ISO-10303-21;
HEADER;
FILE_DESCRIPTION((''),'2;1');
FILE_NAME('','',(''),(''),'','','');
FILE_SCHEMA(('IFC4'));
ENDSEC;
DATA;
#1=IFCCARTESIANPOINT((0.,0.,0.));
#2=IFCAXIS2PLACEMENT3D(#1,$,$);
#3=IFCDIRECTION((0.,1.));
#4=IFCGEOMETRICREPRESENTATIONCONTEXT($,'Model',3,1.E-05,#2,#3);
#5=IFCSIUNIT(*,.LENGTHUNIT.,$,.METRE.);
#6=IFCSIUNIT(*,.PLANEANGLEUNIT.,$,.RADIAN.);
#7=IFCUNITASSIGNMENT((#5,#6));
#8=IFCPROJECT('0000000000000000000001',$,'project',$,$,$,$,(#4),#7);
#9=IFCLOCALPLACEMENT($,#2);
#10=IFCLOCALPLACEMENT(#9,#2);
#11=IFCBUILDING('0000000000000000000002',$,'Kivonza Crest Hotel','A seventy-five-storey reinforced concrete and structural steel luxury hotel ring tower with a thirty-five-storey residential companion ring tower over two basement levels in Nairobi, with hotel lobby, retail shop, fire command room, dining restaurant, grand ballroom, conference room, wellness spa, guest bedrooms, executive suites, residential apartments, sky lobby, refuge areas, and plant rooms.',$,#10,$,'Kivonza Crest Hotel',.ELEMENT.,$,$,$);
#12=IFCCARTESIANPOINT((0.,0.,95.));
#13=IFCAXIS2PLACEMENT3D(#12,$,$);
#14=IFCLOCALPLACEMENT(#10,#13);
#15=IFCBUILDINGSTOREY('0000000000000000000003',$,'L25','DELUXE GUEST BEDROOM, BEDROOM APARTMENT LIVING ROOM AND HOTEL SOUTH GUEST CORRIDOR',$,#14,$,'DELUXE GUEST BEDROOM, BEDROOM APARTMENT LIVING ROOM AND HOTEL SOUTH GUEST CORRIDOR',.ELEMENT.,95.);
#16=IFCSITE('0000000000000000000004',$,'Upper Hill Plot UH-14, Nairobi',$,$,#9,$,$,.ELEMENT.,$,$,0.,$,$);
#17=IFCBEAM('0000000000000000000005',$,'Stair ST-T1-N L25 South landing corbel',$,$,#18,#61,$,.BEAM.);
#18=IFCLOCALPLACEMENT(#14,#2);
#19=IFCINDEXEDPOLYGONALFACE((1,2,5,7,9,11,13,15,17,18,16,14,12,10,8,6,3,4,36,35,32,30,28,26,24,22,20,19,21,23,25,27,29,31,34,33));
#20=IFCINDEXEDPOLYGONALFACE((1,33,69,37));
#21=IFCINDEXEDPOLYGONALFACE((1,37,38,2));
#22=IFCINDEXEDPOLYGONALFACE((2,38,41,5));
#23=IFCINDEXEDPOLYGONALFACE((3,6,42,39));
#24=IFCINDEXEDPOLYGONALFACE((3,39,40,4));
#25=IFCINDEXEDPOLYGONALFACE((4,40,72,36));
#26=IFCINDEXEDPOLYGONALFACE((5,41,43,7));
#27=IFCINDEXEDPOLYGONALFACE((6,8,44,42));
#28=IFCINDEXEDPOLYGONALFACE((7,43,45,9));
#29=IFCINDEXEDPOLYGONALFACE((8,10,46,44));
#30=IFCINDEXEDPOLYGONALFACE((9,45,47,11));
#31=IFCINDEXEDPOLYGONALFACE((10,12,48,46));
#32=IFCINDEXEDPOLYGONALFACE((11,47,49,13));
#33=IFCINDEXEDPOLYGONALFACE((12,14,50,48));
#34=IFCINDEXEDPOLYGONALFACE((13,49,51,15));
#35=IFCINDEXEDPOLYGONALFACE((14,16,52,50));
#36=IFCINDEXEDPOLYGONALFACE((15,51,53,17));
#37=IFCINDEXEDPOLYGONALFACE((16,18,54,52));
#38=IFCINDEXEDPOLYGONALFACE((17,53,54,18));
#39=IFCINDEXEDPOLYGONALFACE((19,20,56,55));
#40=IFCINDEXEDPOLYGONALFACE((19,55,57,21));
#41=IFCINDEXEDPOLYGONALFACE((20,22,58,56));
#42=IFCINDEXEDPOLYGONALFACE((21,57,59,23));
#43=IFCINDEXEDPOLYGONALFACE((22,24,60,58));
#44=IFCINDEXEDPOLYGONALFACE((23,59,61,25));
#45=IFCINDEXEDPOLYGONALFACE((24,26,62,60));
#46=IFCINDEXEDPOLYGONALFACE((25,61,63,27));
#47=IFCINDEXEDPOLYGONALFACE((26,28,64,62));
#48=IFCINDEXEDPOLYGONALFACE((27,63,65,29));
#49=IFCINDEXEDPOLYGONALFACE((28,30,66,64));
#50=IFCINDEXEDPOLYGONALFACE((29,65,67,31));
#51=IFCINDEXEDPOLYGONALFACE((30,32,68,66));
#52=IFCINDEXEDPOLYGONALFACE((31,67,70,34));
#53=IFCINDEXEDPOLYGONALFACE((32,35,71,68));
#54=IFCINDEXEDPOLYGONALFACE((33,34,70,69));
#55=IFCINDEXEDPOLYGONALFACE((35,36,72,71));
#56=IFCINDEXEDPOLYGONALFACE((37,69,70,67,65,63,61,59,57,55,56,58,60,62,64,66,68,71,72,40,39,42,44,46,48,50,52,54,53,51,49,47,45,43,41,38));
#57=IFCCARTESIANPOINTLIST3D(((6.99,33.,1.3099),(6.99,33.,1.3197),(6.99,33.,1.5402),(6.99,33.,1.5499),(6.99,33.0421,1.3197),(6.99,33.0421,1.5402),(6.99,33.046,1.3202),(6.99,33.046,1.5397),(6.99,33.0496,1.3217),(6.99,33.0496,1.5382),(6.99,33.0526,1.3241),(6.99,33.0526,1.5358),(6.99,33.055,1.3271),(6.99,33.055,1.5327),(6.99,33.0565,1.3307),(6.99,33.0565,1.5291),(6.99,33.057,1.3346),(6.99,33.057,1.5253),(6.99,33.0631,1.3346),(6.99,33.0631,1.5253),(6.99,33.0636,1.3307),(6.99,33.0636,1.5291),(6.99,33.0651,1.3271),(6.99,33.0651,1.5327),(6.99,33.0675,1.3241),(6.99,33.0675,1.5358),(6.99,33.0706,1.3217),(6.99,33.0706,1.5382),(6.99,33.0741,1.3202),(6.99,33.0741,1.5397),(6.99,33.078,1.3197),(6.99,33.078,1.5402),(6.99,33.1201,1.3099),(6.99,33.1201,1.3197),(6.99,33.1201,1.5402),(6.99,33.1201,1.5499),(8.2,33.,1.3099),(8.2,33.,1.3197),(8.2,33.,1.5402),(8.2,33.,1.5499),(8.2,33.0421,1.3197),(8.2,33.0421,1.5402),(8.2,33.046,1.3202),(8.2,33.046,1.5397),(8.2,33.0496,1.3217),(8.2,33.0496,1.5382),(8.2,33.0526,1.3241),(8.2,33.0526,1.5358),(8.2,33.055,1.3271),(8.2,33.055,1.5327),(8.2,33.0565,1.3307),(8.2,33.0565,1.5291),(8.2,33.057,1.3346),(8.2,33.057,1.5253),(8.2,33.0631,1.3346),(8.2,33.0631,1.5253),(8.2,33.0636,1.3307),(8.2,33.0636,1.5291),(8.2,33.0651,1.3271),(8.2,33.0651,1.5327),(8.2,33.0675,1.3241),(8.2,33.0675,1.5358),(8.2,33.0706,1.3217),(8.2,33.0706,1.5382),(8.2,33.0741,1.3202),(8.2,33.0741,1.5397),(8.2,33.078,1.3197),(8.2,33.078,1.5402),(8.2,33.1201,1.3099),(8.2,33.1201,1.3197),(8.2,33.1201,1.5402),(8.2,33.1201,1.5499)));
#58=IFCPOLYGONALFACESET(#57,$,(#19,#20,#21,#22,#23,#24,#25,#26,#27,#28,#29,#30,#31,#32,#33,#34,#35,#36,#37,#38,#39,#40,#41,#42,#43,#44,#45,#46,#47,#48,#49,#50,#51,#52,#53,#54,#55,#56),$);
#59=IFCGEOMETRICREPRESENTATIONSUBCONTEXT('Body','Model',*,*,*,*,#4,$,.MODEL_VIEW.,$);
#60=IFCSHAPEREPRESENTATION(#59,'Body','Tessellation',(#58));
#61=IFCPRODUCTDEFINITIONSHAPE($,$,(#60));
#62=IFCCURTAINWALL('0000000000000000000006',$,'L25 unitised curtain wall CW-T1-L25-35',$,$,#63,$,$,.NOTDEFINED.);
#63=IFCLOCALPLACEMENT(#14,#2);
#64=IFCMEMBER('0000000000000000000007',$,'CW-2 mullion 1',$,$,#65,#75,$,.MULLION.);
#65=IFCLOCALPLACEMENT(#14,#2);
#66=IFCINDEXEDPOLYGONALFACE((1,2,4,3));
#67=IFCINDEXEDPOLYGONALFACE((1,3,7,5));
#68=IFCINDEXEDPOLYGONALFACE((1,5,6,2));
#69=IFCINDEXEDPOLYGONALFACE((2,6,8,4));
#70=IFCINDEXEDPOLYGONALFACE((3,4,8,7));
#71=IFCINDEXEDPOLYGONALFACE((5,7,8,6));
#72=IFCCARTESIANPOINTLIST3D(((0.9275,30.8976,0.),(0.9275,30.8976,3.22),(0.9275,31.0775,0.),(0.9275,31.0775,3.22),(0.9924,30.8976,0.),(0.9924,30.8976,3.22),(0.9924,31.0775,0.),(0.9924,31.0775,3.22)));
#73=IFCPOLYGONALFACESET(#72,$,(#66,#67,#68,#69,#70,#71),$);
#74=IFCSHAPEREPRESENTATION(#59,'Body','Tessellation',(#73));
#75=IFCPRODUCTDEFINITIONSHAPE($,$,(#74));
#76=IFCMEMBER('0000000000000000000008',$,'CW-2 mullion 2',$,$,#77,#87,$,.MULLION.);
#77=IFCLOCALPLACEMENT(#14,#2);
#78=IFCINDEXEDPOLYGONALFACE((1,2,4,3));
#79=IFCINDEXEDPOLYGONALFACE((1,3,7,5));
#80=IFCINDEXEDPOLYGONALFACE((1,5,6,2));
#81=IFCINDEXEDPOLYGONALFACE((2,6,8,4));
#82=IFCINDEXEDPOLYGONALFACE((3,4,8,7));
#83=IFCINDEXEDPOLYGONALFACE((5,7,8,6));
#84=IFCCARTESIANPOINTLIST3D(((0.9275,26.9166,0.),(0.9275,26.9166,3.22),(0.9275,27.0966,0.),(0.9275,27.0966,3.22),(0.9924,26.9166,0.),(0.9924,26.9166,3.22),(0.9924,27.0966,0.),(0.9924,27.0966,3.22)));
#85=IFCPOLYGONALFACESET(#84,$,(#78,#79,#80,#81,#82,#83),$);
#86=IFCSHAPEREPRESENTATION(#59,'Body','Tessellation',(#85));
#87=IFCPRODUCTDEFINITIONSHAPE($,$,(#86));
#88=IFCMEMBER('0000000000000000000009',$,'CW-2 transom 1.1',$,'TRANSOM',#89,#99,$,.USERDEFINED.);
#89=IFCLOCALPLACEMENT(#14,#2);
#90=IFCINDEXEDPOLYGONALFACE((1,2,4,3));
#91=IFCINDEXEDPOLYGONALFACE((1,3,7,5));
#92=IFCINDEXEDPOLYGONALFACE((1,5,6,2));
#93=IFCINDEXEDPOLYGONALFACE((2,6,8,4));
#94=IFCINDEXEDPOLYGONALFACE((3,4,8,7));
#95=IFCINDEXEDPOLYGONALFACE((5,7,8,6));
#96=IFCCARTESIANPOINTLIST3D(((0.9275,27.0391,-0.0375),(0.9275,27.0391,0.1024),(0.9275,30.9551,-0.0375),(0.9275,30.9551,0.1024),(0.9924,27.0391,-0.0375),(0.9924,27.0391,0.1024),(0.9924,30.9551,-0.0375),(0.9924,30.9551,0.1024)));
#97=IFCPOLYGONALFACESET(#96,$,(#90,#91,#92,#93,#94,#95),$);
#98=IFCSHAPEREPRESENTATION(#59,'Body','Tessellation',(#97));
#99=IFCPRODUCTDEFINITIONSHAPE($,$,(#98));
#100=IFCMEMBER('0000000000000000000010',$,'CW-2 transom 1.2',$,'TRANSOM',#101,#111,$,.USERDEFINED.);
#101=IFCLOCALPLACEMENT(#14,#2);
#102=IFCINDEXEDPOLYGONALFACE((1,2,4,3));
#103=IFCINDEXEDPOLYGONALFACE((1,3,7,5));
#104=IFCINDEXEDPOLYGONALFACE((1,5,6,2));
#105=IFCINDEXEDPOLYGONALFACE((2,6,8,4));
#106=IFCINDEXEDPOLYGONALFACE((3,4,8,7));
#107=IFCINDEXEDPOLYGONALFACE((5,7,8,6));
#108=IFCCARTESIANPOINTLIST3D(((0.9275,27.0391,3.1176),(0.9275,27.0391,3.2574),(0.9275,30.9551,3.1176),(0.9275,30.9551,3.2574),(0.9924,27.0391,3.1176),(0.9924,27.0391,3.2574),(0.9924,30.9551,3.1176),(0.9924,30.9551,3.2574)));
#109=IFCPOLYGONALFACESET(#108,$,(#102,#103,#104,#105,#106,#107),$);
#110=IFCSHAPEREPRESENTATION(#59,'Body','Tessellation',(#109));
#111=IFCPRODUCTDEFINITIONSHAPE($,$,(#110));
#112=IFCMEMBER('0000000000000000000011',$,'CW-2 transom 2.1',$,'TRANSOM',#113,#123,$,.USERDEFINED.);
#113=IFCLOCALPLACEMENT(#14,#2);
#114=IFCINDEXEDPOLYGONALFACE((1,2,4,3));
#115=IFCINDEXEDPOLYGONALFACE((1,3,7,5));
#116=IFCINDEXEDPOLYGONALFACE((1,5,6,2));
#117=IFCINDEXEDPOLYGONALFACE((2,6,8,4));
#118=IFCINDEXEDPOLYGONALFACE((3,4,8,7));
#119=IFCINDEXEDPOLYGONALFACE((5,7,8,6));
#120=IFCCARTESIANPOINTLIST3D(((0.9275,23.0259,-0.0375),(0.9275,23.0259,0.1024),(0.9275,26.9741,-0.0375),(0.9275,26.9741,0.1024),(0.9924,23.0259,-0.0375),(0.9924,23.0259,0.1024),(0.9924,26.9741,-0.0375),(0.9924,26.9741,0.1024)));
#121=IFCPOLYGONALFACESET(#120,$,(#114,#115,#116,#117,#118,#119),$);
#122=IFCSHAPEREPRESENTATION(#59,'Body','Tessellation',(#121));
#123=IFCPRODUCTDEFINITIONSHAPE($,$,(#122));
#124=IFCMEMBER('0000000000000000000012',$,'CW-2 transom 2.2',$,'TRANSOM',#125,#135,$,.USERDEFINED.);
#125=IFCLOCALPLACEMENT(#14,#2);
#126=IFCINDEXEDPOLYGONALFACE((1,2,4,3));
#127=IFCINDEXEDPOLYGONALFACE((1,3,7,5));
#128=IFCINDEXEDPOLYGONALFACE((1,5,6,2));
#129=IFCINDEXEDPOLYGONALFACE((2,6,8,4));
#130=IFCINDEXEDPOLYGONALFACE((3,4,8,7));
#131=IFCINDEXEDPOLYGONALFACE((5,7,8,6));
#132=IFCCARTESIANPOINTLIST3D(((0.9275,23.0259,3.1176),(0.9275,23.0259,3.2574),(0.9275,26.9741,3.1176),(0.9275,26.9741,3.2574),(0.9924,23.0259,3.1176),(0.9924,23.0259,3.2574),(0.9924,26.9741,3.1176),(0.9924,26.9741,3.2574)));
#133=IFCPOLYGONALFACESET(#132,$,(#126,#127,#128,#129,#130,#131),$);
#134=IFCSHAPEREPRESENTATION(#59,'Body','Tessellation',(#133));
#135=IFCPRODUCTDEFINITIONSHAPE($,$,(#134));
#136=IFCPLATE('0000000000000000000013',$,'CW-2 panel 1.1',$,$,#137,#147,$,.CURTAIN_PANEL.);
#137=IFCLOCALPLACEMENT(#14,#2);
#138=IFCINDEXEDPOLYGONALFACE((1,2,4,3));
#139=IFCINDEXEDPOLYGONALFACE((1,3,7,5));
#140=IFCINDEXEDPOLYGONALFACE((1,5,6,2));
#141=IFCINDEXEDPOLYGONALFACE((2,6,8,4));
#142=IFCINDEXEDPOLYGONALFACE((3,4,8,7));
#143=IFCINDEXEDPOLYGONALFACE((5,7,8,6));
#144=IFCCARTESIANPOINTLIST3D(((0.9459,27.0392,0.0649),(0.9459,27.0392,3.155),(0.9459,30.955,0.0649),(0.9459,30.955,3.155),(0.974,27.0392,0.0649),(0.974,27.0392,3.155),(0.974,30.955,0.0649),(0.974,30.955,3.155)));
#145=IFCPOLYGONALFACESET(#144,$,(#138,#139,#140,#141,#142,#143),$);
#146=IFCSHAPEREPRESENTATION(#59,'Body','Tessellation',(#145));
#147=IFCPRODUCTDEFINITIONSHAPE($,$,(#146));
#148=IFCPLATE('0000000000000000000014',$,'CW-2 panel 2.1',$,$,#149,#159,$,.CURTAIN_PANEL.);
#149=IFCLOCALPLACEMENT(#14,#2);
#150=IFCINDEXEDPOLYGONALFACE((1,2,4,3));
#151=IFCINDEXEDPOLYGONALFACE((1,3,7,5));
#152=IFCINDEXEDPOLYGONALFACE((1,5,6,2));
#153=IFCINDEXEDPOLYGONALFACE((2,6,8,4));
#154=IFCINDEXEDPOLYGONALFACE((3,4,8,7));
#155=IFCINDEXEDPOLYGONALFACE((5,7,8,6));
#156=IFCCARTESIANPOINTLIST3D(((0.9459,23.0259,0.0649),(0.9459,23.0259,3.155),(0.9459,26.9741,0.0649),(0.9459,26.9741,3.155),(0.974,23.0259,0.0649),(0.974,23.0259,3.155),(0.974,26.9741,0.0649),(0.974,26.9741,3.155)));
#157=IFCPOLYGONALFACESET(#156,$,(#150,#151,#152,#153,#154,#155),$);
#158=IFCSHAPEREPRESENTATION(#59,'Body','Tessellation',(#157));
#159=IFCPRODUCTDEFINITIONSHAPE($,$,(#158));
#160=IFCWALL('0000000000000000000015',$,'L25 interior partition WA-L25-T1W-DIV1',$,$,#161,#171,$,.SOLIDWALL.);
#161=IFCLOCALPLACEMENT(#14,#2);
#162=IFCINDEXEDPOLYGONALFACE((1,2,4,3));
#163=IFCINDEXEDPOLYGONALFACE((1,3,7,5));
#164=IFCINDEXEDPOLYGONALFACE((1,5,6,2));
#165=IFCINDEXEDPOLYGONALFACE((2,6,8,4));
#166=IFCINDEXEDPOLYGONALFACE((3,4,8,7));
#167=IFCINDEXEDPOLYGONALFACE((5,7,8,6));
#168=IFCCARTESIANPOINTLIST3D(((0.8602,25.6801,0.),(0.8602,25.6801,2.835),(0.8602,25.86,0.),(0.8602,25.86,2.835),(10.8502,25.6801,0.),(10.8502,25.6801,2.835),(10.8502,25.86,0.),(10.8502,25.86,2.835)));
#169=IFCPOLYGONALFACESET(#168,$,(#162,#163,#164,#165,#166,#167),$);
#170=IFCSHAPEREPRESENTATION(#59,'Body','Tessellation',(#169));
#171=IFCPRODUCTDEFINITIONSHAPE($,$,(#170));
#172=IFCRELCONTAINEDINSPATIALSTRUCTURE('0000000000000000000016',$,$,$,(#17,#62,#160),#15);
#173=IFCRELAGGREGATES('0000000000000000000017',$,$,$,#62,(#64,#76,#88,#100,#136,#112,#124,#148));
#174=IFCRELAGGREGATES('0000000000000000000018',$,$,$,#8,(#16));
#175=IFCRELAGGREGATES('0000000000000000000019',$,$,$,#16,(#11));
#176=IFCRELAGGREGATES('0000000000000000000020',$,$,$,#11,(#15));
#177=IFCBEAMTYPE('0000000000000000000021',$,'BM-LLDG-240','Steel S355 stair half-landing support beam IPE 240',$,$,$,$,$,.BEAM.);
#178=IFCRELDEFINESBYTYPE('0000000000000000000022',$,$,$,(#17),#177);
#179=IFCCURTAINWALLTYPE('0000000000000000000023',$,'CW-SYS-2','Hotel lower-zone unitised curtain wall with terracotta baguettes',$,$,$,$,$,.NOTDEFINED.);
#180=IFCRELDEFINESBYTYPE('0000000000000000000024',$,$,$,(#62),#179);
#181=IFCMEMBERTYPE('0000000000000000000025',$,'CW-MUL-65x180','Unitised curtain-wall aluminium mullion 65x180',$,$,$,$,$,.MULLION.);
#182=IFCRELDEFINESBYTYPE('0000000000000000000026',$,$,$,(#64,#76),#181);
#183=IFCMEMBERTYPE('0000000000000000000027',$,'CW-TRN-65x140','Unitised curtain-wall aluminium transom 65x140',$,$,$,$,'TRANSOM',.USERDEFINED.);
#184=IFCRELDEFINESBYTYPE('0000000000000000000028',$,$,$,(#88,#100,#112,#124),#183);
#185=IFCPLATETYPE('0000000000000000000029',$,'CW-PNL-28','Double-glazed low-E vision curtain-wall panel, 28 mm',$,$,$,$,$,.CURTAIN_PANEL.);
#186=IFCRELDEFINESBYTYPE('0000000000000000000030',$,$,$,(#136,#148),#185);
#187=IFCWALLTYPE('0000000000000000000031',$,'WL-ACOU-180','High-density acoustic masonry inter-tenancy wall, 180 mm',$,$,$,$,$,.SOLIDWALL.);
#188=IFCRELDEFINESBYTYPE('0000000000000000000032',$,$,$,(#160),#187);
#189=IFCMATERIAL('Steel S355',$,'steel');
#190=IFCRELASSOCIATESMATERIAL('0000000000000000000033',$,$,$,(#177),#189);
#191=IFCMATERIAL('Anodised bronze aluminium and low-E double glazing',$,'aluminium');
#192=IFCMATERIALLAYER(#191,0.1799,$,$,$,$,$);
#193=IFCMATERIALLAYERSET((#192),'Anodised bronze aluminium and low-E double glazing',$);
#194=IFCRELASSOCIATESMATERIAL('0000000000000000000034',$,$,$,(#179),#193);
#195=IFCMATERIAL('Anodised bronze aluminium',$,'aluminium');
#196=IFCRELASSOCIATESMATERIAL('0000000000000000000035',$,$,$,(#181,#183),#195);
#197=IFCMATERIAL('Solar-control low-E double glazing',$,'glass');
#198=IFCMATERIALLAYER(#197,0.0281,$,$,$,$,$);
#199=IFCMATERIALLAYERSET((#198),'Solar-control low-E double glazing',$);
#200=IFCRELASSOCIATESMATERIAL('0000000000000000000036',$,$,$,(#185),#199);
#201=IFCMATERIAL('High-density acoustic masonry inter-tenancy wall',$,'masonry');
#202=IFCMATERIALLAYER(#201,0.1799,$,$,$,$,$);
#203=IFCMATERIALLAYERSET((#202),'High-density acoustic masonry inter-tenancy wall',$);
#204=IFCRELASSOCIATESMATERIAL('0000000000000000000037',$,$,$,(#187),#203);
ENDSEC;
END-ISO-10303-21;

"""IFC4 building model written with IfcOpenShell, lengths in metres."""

from ifc_helpers import new_model, si_unit, direction, frame, frame_2d, origin, origin_2d, place, context, subcontext, project, spatial, rectangle, i_section, extrude, material, layer, layer_set, material_profile, profile_set, type_object, element, aggregate, save


model = new_model("IFC4")

# Units and contexts
model_context = context("Model", 3, precision=1e-05, world=origin(), true_north=direction((0.0, 1.0)))
body_context = subcontext(model_context, "Body", "Model", "MODEL_VIEW")
ifc_project = project(units=[si_unit("LENGTHUNIT", "METRE"), si_unit("PLANEANGLEUNIT", "RADIAN")], contexts=[model_context])

# Site, building, storey
site_placement = place(None, origin())
site = spatial("IfcSite", under=ifc_project, at=site_placement, Name="Upper Hill Plot UH-14, Nairobi", CompositionType="ELEMENT", RefElevation=0.0)
building_placement = place(site_placement, origin())
building = spatial("IfcBuilding", under=site, at=building_placement, Name="Kivonza Crest Hotel", Description="A seventy-five-storey reinforced concrete and structural steel luxury hotel ring tower with a thirty-five-storey residential companion ring tower over two basement levels in Nairobi, with hotel lobby, retail shop, fire command room, dining restaurant, grand ballroom, conference room, wellness spa, guest bedrooms, executive suites, residential apartments, sky lobby, refuge areas, and plant rooms.", LongName="Kivonza Crest Hotel", CompositionType="ELEMENT")
storey_placement = place(building_placement, frame((0.0, 0.0, 95.0)))
storey = spatial("IfcBuildingStorey", under=building, at=storey_placement, Name="L25", Description="DELUXE GUEST BEDROOM, BEDROOM APARTMENT LIVING ROOM AND HOTEL SOUTH GUEST CORRIDOR", LongName="DELUXE GUEST BEDROOM, BEDROOM APARTMENT LIVING ROOM AND HOTEL SOUTH GUEST CORRIDOR", CompositionType="ELEMENT", Elevation=95.0)

# Beam
ifc_material_1 = material(Name="Steel S355", Category="steel")
ifc_material_profile_1 = material_profile(ifc_material_1, i_section(OverallWidth=0.1201, OverallDepth=0.24, WebThickness=0.0061, FlangeThickness=0.0098, FilletRadius=0.0149, at=origin_2d()), Name="IPE 240")
ifc_profile_set_1 = profile_set([ifc_material_profile_1], Name="Steel S355")
beam_type_1 = type_object("IfcBeamType", Name="BM-LLDG-240", Description="Steel S355 stair half-landing support beam IPE 240", PredefinedType="BEAM", material=ifc_profile_set_1)
beam_1_placement = place(storey_placement, frame((6.99, 33.0601, 1.4299), z_axis=(1.0, 0.0, 0.0), x_axis=(0.0, 1.0, 0.0)))
element("IfcBeam", 1, at=beam_1_placement, inside=storey, type_object=beam_type_1, Name="Stair ST-T1-N L25 South landing corbel", PredefinedType="BEAM", context=body_context, shape_type="SweptSolid", body=[
    extrude(i_section(OverallWidth=0.1201, OverallDepth=0.24, WebThickness=0.0061, FlangeThickness=0.0098, FilletRadius=0.0149, at=origin_2d()), origin(), (0.0, 0.0, 1.0), 1.21),
])

# Curtain wall, members, plates
ifc_material_2 = material(Name="Anodised bronze aluminium and low-E double glazing", Category="aluminium")
ifc_layer_1 = layer(ifc_material_2, 0.1799)
ifc_layer_set_1 = layer_set([ifc_layer_1], Name="Anodised bronze aluminium and low-E double glazing")
curtain_wall_type = type_object("IfcCurtainWallType", Name="CW-SYS-2", Description="Hotel lower-zone unitised curtain wall with terracotta baguettes", PredefinedType="NOTDEFINED", material=ifc_layer_set_1)
curtain_wall_placement = place(storey_placement, origin())
curtain_wall = element("IfcCurtainWall", 2, at=curtain_wall_placement, inside=storey, type_object=curtain_wall_type, Name="L25 unitised curtain wall CW-T1-L25-35", PredefinedType="NOTDEFINED")
ifc_material_3 = material(Name="Anodised bronze aluminium", Category="aluminium")
ifc_material_profile_2 = material_profile(ifc_material_3, rectangle(XDim=0.0649, YDim=0.1799, at=origin_2d()), Name="CW-M 65x180")
ifc_profile_set_2 = profile_set([ifc_material_profile_2], Name="Anodised bronze aluminium")
member_type_1 = type_object("IfcMemberType", Name="CW-MUL-65x180", Description="Unitised curtain-wall aluminium mullion 65x180", PredefinedType="MULLION", material=ifc_profile_set_2)
member_1_placement = place(storey_placement, frame((0.96, 30.9875, 0.0), z_axis=(0.0, 0.0, 1.0), x_axis=(1.0, 0.0, 0.0)))
member_1 = element("IfcMember", 3, at=member_1_placement, type_object=member_type_1, Name="CW-2 mullion 1", PredefinedType="MULLION", context=body_context, shape_type="SweptSolid", body=[
    extrude(rectangle(XDim=0.0649, YDim=0.1799, at=origin_2d()), origin(), (0.0, 0.0, 1.0), 3.22),
])
member_2_placement = place(storey_placement, frame((0.96, 27.0066, 0.0), z_axis=(0.0, 0.0, 1.0), x_axis=(1.0, 0.0, 0.0)))
member_2 = element("IfcMember", 4, at=member_2_placement, type_object=member_type_1, Name="CW-2 mullion 2", PredefinedType="MULLION", context=body_context, shape_type="SweptSolid", body=[
    extrude(rectangle(XDim=0.0649, YDim=0.1799, at=origin_2d()), origin(), (0.0, 0.0, 1.0), 3.22),
])
ifc_material_profile_3 = material_profile(ifc_material_3, rectangle(XDim=0.0649, YDim=0.1399, at=origin_2d()), Name="CW-T 65x140")
ifc_profile_set_3 = profile_set([ifc_material_profile_3], Name="Anodised bronze aluminium")
member_type_2 = type_object("IfcMemberType", Name="CW-TRN-65x140", Description="Unitised curtain-wall aluminium transom 65x140", ElementType="TRANSOM", PredefinedType="USERDEFINED", material=ifc_profile_set_3)
member_3_placement = place(storey_placement, frame((0.96, 30.9551, 0.0325), z_axis=(0.0, -1.0, 0.0), x_axis=(1.0, 0.0, 0.0)))
member_3 = element("IfcMember", 5, at=member_3_placement, type_object=member_type_2, Name="CW-2 transom 1.1", ObjectType="TRANSOM", PredefinedType="USERDEFINED", context=body_context, shape_type="SweptSolid", body=[
    extrude(rectangle(XDim=0.0649, YDim=0.1399, at=origin_2d()), origin(), (0.0, 0.0, 1.0), 3.916),
])
member_4_placement = place(storey_placement, frame((0.96, 30.9551, 3.1875), z_axis=(0.0, -1.0, 0.0), x_axis=(1.0, 0.0, 0.0)))
member_4 = element("IfcMember", 6, at=member_4_placement, type_object=member_type_2, Name="CW-2 transom 1.2", ObjectType="TRANSOM", PredefinedType="USERDEFINED", context=body_context, shape_type="SweptSolid", body=[
    extrude(rectangle(XDim=0.0649, YDim=0.1399, at=origin_2d()), origin(), (0.0, 0.0, 1.0), 3.916),
])
member_5_placement = place(storey_placement, frame((0.96, 26.9741, 0.0325), z_axis=(0.0, -1.0, 0.0), x_axis=(1.0, 0.0, 0.0)))
member_5 = element("IfcMember", 7, at=member_5_placement, type_object=member_type_2, Name="CW-2 transom 2.1", ObjectType="TRANSOM", PredefinedType="USERDEFINED", context=body_context, shape_type="SweptSolid", body=[
    extrude(rectangle(XDim=0.0649, YDim=0.1399, at=origin_2d()), origin(), (0.0, 0.0, 1.0), 3.9482),
])
member_6_placement = place(storey_placement, frame((0.96, 26.9741, 3.1875), z_axis=(0.0, -1.0, 0.0), x_axis=(1.0, 0.0, 0.0)))
member_6 = element("IfcMember", 8, at=member_6_placement, type_object=member_type_2, Name="CW-2 transom 2.2", ObjectType="TRANSOM", PredefinedType="USERDEFINED", context=body_context, shape_type="SweptSolid", body=[
    extrude(rectangle(XDim=0.0649, YDim=0.1399, at=origin_2d()), origin(), (0.0, 0.0, 1.0), 3.9482),
])
ifc_material_4 = material(Name="Solar-control low-E double glazing", Category="glass")
ifc_layer_2 = layer(ifc_material_4, 0.0281)
ifc_layer_set_2 = layer_set([ifc_layer_2], Name="Solar-control low-E double glazing")
plate_type = type_object("IfcPlateType", Name="CW-PNL-28", Description="Double-glazed low-E vision curtain-wall panel, 28 mm", PredefinedType="CURTAIN_PANEL", material=ifc_layer_set_2)
plate_1_placement = place(storey_placement, frame((0.96, 28.9971, 0.0649), z_axis=(0.0, 0.0, 1.0), x_axis=(0.0, -1.0, 0.0)))
plate_1 = element("IfcPlate", 9, at=plate_1_placement, type_object=plate_type, Name="CW-2 panel 1.1", PredefinedType="CURTAIN_PANEL", context=body_context, shape_type="SweptSolid", body=[
    extrude(rectangle(XDim=3.9158, YDim=0.0281, at=origin_2d()), origin(), (0.0, 0.0, 1.0), 3.0901),
])
plate_2_placement = place(storey_placement, frame((0.96, 25.0, 0.0649), z_axis=(0.0, 0.0, 1.0), x_axis=(0.0, -1.0, 0.0)))
plate_2 = element("IfcPlate", 10, at=plate_2_placement, type_object=plate_type, Name="CW-2 panel 2.1", PredefinedType="CURTAIN_PANEL", context=body_context, shape_type="SweptSolid", body=[
    extrude(rectangle(XDim=3.9482, YDim=0.0281, at=origin_2d()), origin(), (0.0, 0.0, 1.0), 3.0901),
])
aggregate(curtain_wall, [member_1, member_2, member_3, member_4, plate_1, member_5, member_6, plate_2])

# Wall
ifc_material_5 = material(Name="High-density acoustic masonry inter-tenancy wall", Category="masonry")
ifc_layer_3 = layer(ifc_material_5, 0.1799)
ifc_layer_set_3 = layer_set([ifc_layer_3], Name="High-density acoustic masonry inter-tenancy wall")
wall_type_1 = type_object("IfcWallType", Name="WL-ACOU-180", Description="High-density acoustic masonry inter-tenancy wall, 180 mm", PredefinedType="SOLIDWALL", material=ifc_layer_set_3)
wall_1_placement = place(storey_placement, frame((0.8601, 25.77, 0.0), z_axis=(0.0, 0.0, 1.0), x_axis=(1.0, 0.0, 0.0)))
element("IfcWall", 11, at=wall_1_placement, inside=storey, type_object=wall_type_1, Name="L25 interior partition WA-L25-T1W-DIV1", PredefinedType="SOLIDWALL", context=body_context, shape_type="SweptSolid", body=[
    extrude(rectangle(XDim=9.99, YDim=0.1799, at=frame_2d((4.9951, 0.0))), origin(), (0.0, 0.0, 1.0), 2.835),
])

save(model, "model.ifc")
